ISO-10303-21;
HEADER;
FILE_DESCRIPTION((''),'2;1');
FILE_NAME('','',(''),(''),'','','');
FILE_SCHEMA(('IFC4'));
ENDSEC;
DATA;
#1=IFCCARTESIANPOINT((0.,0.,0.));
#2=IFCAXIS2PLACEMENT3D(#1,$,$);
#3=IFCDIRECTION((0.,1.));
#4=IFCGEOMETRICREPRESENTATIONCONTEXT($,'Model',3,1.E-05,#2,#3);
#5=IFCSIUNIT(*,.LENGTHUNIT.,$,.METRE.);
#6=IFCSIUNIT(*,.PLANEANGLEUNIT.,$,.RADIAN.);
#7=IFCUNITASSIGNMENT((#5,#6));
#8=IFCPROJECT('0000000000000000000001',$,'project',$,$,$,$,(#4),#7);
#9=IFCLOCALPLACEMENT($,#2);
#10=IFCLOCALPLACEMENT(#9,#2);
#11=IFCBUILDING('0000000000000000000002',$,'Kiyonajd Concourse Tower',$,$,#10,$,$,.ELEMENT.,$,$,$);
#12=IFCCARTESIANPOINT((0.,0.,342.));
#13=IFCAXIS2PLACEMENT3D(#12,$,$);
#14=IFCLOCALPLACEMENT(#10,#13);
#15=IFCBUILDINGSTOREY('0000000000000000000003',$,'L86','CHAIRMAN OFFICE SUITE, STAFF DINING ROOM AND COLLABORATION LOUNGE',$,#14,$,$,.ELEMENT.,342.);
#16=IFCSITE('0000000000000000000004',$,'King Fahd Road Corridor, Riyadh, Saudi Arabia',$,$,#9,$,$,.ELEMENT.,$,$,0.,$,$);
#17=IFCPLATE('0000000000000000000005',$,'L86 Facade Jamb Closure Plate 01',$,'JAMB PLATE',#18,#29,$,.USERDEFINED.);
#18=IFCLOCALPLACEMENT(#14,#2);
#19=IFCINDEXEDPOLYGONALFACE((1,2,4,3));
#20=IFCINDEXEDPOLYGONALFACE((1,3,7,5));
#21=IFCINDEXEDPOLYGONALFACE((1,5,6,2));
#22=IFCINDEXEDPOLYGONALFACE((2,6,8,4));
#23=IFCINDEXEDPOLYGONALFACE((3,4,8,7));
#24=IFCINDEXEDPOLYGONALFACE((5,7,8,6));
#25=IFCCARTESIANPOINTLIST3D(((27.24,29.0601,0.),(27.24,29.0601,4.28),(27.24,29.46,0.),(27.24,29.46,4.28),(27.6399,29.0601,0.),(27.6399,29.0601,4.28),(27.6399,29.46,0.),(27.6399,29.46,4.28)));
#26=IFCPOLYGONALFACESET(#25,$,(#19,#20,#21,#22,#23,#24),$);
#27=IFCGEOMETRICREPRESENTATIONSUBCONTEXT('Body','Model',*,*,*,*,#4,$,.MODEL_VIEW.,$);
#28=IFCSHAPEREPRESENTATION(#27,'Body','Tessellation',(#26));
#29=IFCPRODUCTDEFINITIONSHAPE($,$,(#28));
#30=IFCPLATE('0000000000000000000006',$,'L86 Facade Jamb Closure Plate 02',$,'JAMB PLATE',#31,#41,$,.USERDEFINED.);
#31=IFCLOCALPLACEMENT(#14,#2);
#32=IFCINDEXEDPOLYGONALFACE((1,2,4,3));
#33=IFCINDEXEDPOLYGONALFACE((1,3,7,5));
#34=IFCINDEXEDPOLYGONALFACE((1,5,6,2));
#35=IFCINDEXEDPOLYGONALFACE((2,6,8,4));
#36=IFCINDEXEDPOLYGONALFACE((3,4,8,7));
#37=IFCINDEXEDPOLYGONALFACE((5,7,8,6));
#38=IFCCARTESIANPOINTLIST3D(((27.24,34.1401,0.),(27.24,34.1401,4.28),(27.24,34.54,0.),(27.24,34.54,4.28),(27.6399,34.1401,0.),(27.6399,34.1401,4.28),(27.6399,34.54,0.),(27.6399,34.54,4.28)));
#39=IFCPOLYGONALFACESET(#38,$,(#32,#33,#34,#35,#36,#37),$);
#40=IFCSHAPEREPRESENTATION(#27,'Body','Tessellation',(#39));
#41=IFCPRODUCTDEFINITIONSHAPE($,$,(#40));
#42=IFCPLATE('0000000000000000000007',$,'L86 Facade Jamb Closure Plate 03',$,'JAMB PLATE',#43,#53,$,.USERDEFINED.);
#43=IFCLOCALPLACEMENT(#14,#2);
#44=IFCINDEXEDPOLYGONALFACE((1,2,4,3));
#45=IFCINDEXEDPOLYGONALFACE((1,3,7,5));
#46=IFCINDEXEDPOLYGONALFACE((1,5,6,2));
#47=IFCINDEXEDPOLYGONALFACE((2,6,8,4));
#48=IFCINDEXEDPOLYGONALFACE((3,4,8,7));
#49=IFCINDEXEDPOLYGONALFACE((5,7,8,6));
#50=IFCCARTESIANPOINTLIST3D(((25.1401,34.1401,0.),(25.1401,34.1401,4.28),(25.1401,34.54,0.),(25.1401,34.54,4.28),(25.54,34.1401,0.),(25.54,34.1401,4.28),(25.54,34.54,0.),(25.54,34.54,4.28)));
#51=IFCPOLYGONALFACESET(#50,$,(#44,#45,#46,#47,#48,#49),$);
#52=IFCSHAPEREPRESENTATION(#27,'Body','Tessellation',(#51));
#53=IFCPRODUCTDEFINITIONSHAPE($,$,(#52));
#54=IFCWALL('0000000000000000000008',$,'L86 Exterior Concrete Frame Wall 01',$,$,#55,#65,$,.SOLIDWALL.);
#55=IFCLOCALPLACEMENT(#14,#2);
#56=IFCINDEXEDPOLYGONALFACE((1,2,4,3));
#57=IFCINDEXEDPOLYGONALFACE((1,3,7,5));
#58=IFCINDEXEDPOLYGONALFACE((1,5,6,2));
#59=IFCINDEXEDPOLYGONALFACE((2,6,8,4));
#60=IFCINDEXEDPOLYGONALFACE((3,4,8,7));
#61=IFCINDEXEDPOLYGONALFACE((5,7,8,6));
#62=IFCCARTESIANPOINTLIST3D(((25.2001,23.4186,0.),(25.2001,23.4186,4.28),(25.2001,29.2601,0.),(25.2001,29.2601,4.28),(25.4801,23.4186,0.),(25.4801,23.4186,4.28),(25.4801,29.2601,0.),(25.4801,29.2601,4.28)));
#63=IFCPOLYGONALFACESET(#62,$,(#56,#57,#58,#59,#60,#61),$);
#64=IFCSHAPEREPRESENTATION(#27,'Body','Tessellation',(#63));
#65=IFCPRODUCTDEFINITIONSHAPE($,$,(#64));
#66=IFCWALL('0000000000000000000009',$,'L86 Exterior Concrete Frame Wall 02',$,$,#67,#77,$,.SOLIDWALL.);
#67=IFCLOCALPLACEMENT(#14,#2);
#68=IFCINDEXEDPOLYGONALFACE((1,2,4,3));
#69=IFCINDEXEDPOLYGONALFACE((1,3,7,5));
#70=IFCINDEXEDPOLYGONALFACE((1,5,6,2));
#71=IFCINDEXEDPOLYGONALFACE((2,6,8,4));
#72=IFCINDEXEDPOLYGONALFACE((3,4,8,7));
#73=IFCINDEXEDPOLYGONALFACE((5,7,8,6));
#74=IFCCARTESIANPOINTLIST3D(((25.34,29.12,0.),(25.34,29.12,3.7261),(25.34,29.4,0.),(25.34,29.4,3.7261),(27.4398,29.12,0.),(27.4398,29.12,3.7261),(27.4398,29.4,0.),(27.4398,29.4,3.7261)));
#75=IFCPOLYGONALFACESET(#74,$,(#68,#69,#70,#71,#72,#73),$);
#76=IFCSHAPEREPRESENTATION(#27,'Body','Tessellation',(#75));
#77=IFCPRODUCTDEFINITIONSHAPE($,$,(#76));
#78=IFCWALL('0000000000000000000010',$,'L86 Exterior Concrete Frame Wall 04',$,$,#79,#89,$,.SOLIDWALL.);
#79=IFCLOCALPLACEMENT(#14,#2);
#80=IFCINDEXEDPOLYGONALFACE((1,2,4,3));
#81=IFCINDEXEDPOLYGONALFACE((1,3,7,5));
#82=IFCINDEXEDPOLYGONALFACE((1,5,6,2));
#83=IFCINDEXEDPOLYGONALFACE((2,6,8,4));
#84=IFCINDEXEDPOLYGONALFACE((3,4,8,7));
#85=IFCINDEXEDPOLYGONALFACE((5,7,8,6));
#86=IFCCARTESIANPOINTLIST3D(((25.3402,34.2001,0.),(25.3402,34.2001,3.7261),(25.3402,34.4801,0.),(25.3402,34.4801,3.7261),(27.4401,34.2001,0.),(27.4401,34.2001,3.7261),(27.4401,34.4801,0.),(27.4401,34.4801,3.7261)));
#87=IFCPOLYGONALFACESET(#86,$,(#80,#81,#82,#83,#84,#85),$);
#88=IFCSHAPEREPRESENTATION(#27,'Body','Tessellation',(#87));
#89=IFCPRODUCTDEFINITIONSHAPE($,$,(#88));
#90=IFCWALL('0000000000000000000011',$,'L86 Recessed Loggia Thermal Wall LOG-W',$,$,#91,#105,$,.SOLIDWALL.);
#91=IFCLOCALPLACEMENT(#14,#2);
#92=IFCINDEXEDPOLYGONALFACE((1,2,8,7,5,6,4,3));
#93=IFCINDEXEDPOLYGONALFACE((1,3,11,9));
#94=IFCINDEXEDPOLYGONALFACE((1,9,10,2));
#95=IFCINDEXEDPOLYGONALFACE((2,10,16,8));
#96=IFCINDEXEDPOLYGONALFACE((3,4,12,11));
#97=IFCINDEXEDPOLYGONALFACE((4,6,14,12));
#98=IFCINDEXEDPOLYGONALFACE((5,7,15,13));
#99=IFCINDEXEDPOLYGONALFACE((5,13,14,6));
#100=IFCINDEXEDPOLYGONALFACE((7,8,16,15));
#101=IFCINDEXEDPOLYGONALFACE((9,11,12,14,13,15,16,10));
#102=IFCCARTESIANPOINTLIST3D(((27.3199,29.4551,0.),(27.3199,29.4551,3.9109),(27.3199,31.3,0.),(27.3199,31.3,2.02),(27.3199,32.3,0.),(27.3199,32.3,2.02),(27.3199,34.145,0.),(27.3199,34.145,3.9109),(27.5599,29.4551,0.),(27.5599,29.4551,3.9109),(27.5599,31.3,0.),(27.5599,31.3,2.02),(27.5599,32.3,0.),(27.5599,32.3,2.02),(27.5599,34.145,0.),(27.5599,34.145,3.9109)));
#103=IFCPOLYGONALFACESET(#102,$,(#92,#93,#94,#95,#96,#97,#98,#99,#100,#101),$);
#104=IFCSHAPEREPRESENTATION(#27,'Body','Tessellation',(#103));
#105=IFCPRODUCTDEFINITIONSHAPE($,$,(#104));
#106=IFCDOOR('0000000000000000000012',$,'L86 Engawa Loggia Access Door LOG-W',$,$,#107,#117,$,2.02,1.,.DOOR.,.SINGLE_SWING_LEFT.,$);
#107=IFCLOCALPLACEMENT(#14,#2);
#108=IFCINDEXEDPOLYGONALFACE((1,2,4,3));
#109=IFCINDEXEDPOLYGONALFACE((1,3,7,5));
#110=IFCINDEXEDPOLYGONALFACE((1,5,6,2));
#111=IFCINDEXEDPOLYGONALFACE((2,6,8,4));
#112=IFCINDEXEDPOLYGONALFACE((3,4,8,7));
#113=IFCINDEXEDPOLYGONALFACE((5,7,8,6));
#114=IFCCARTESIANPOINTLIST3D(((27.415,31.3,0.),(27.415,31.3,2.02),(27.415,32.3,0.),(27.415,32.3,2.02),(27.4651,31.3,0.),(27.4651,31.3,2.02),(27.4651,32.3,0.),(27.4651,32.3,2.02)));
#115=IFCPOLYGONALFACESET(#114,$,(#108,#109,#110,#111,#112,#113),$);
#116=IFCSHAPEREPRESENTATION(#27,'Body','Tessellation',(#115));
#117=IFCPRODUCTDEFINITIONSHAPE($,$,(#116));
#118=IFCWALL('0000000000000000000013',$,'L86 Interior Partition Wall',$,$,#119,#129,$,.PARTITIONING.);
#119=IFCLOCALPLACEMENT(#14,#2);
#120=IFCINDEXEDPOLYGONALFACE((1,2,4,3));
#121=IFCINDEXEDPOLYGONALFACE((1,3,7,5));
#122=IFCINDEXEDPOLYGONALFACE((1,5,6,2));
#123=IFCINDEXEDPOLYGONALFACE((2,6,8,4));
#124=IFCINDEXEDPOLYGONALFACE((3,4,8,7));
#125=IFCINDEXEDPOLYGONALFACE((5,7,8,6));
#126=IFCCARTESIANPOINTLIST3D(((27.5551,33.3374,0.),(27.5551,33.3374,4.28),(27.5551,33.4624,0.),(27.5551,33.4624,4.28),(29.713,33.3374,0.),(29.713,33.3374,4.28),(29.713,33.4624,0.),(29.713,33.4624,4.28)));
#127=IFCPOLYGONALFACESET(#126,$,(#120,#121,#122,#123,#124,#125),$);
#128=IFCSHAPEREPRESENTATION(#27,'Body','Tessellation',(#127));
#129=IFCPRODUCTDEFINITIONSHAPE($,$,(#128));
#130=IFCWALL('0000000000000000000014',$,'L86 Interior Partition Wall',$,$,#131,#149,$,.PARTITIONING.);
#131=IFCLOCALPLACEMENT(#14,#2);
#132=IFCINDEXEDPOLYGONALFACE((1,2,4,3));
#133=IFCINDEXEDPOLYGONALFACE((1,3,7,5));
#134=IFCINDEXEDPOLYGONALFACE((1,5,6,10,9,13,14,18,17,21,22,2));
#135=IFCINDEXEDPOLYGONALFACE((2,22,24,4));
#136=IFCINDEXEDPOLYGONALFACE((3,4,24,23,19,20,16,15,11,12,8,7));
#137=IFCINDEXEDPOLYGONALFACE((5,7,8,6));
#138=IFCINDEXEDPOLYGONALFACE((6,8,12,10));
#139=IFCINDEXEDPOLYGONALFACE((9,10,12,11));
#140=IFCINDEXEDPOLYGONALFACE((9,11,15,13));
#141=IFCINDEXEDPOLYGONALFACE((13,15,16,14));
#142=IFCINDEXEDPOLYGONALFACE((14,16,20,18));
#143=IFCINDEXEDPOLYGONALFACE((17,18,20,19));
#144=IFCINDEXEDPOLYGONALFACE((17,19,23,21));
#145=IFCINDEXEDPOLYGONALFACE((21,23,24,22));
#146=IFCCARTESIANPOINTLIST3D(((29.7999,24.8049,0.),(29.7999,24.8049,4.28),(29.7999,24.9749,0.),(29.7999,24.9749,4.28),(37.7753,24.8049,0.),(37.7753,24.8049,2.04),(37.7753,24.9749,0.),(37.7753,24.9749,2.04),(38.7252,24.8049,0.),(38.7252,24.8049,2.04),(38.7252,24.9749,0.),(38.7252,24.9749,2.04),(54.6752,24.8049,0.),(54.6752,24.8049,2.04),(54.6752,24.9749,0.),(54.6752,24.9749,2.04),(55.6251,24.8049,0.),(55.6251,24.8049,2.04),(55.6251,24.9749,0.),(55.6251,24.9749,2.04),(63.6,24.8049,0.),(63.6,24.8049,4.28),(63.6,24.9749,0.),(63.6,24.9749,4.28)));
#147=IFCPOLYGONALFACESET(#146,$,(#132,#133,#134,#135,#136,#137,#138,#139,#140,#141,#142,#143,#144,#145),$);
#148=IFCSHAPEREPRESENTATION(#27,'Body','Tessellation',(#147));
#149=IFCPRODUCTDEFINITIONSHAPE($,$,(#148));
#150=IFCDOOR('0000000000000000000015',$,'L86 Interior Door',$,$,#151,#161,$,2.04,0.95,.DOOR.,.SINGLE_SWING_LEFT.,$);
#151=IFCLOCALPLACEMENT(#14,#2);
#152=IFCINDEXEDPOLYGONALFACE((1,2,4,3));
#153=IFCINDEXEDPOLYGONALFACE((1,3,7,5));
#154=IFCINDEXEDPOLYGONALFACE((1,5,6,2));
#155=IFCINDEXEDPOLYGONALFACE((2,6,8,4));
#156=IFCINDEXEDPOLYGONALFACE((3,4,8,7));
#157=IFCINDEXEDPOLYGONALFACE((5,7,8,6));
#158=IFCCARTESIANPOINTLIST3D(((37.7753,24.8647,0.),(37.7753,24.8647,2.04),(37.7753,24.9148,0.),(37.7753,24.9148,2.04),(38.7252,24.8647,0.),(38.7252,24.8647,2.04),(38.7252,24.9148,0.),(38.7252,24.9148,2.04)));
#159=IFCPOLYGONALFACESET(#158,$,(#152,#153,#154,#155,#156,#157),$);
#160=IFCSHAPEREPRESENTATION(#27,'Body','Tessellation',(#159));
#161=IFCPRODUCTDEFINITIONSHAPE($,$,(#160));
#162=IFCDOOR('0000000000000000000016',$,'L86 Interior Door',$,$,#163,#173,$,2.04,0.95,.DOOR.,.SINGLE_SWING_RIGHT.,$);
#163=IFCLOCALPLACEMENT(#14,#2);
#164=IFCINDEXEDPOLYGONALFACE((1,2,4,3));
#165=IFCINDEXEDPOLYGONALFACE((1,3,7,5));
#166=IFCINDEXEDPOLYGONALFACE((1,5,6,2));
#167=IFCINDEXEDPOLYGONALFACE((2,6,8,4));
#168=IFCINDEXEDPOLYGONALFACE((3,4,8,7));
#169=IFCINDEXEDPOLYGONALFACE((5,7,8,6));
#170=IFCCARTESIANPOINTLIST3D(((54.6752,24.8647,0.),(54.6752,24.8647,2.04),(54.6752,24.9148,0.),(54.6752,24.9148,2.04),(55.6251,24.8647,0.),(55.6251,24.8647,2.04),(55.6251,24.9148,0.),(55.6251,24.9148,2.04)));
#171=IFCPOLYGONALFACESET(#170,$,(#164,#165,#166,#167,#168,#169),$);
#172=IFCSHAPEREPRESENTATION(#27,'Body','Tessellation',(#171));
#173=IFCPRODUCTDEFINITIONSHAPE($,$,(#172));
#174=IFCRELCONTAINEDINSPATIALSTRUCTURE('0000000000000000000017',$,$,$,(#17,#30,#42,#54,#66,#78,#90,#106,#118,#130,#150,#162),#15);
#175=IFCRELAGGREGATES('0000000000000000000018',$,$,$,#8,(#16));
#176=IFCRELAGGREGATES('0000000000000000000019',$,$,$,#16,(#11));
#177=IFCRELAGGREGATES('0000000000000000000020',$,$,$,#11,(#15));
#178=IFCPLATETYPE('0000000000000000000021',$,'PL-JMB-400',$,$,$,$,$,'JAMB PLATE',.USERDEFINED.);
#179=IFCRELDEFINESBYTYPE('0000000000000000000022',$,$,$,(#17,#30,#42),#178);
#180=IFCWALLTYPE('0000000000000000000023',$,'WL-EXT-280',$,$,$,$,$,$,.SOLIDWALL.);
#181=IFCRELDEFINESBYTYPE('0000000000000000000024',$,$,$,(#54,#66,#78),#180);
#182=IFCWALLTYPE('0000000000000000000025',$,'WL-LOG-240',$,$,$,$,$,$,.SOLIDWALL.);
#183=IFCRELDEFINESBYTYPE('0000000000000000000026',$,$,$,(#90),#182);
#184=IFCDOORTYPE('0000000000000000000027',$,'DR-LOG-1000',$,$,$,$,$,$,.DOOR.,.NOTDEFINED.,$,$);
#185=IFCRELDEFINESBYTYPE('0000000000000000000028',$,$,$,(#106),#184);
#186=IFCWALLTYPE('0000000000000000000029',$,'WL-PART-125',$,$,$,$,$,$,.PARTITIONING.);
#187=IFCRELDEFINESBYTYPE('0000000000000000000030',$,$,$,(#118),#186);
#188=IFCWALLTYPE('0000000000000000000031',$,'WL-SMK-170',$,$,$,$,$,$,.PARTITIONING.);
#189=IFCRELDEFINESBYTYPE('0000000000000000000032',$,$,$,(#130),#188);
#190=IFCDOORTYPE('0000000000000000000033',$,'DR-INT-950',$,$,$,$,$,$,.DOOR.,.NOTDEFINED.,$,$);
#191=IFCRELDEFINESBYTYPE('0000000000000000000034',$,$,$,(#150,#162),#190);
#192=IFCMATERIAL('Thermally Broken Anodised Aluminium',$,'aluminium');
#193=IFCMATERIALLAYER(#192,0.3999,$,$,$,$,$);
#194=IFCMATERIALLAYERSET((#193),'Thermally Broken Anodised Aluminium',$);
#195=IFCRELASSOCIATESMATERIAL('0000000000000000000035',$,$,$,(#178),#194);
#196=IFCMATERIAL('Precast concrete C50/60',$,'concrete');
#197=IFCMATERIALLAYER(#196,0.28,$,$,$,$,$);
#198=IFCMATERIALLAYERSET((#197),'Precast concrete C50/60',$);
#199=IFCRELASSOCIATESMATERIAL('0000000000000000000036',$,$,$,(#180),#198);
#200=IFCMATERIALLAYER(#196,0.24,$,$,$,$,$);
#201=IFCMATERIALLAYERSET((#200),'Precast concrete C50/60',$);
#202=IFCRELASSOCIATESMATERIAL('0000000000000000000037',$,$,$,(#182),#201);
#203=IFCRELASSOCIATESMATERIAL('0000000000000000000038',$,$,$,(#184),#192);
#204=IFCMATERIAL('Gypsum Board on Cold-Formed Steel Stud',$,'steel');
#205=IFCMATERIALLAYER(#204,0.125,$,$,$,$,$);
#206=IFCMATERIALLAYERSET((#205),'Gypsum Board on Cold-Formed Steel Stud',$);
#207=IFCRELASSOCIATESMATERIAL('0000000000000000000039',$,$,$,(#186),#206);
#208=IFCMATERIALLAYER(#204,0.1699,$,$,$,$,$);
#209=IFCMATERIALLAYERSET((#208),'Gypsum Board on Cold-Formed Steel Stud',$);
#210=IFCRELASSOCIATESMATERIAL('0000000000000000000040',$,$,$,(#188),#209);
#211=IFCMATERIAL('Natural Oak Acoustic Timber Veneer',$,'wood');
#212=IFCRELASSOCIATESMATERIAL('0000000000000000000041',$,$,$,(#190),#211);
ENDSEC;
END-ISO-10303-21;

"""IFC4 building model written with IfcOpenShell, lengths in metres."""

from ifc_helpers import new_model, si_unit, direction, frame, frame_2d, origin, origin_2d, place, context, subcontext, project, spatial, rectangle, extrude, material, layer, layer_set, type_object, element, fill, save


model = new_model("IFC4")

# Units and contexts
model_context = context("Model", 3, precision=1e-05, world=origin(), true_north=direction((0.0, 1.0)))
body_context = subcontext(model_context, "Body", "Model", "MODEL_VIEW")
ifc_project = project(units=[si_unit("LENGTHUNIT", "METRE"), si_unit("PLANEANGLEUNIT", "RADIAN")], contexts=[model_context])

# Site, building, storey
site_placement = place(None, origin())
site = spatial("IfcSite", under=ifc_project, at=site_placement, Name="King Fahd Road Corridor, Riyadh, Saudi Arabia", CompositionType="ELEMENT", RefElevation=0.0)
building_placement = place(site_placement, origin())
building = spatial("IfcBuilding", under=site, at=building_placement, Name="Kiyonajd Concourse Tower", CompositionType="ELEMENT")
storey_placement = place(building_placement, frame((0.0, 0.0, 342.0)))
storey = spatial("IfcBuildingStorey", under=building, at=storey_placement, Name="L86", Description="CHAIRMAN OFFICE SUITE, STAFF DINING ROOM AND COLLABORATION LOUNGE", CompositionType="ELEMENT", Elevation=342.0)

# Plates
ifc_material_1 = material(Name="Thermally Broken Anodised Aluminium", Category="aluminium")
ifc_layer_1 = layer(ifc_material_1, 0.3999)
ifc_layer_set_1 = layer_set([ifc_layer_1], Name="Thermally Broken Anodised Aluminium")
plate_type_1 = type_object("IfcPlateType", Name="PL-JMB-400", ElementType="JAMB PLATE", PredefinedType="USERDEFINED", material=ifc_layer_set_1)
for number, where, z_axis, x_axis, name in (
    (1, (27.4399, 29.26, 0.0), (0.0, 0.0, 1.0), (1.0, 0.0, 0.0), "L86 Facade Jamb Closure Plate 01"),
    (2, (27.4399, 34.3401, 0.0), (0.0, 0.0, 1.0), (1.0, 0.0, 0.0), "L86 Facade Jamb Closure Plate 02"),
    (3, (25.3401, 34.3401, 0.0), (0.0, 0.0, 1.0), (1.0, 0.0, 0.0), "L86 Facade Jamb Closure Plate 03"),
):
    element("IfcPlate", number, at=place(storey_placement, frame(where, z_axis=z_axis, x_axis=x_axis)), inside=storey, type_object=plate_type_1, Name=name, ObjectType="JAMB PLATE", PredefinedType="USERDEFINED", context=body_context, shape_type="SweptSolid", body=[
        extrude(rectangle(XDim=0.3999, YDim=0.3999, at=origin_2d()), origin(), (0.0, 0.0, 1.0), 4.28),
    ])

# Walls
ifc_material_2 = material(Name="Precast concrete C50/60", Category="concrete")
ifc_layer_2 = layer(ifc_material_2, 0.28)
ifc_layer_set_2 = layer_set([ifc_layer_2], Name="Precast concrete C50/60")
wall_type_1 = type_object("IfcWallType", Name="WL-EXT-280", PredefinedType="SOLIDWALL", material=ifc_layer_set_2)
wall_1_placement = place(storey_placement, frame((25.3401, 23.4185, 0.0), z_axis=(0.0, 0.0, 1.0), x_axis=(0.0, 1.0, 0.0)))
element("IfcWall", 4, at=wall_1_placement, inside=storey, type_object=wall_type_1, Name="L86 Exterior Concrete Frame Wall 01", PredefinedType="SOLIDWALL", context=body_context, shape_type="SweptSolid", body=[
    extrude(rectangle(XDim=5.8416, YDim=0.28, at=frame_2d((2.9209, 0.0))), origin(), (0.0, 0.0, 1.0), 4.28),
])
for number, where, z_axis, x_axis, name in (
    (5, (25.3401, 29.26, 0.0), (0.0, 0.0, 1.0), (1.0, 0.0, 0.0), "L86 Exterior Concrete Frame Wall 02"),
    (6, (27.4399, 34.3401, 0.0), (0.0, 0.0, 1.0), (-1.0, 0.0, 0.0), "L86 Exterior Concrete Frame Wall 04"),
):
    element("IfcWall", number, at=place(storey_placement, frame(where, z_axis=z_axis, x_axis=x_axis)), inside=storey, type_object=wall_type_1, Name=name, PredefinedType="SOLIDWALL", context=body_context, shape_type="SweptSolid", body=[
        extrude(rectangle(XDim=2.0999, YDim=0.28, at=frame_2d((1.0498, 0.0))), origin(), (0.0, 0.0, 1.0), 3.7261),
    ])

# Wall, opening, door
ifc_layer_3 = layer(ifc_material_2, 0.24)
ifc_layer_set_3 = layer_set([ifc_layer_3], Name="Precast concrete C50/60")
wall_type_2 = type_object("IfcWallType", Name="WL-LOG-240", PredefinedType="SOLIDWALL", material=ifc_layer_set_3)
wall_2_placement = place(storey_placement, frame((27.4399, 29.4551, 0.0), z_axis=(0.0, 0.0, 1.0), x_axis=(0.0, 1.0, 0.0)))
wall_2 = element("IfcWall", 7, at=wall_2_placement, inside=storey, type_object=wall_type_2, Name="L86 Recessed Loggia Thermal Wall LOG-W", PredefinedType="SOLIDWALL", context=body_context, shape_type="SweptSolid", body=[
    extrude(rectangle(XDim=4.6899, YDim=0.24, at=frame_2d((2.345, 0.0))), origin(), (0.0, 0.0, 1.0), 3.9109),
])
opening_1_placement = place(wall_2_placement, frame((1.845, 0.0, 0.0)))
opening_1 = element("IfcOpeningElement", 8, at=opening_1_placement, cuts=wall_2, PredefinedType="OPENING", context=body_context, shape_type="SweptSolid", body=[
    extrude(rectangle(XDim=1.0, YDim=2.02, at=frame_2d((0.5, 1.01))), frame((0.0, 0.1299, 0.0), z_axis=(0.0, -1.0, 0.0), x_axis=(1.0, 0.0, 0.0)), (0.0, 0.0, 1.0), 0.26),
])
door_type_1 = type_object("IfcDoorType", Name="DR-LOG-1000", OperationType="NOTDEFINED", PredefinedType="DOOR", material=ifc_material_1)
door_1_placement = place(opening_1_placement, origin())
door_1 = element("IfcDoor", 9, at=door_1_placement, inside=storey, type_object=door_type_1, Name="L86 Engawa Loggia Access Door LOG-W", OperationType="SINGLE_SWING_LEFT", OverallHeight=2.02, OverallWidth=1.0, PredefinedType="DOOR", context=body_context, shape_type="SweptSolid", body=[
    extrude(rectangle(XDim=1.0, YDim=2.02, at=frame_2d((0.5, 1.01))), frame((0.0, 0.0249, 0.0), z_axis=(0.0, -1.0, 0.0), x_axis=(1.0, 0.0, 0.0)), (0.0, 0.0, 1.0), 0.05),
])
fill(opening_1, door_1)

# Wall
ifc_material_3 = material(Name="Gypsum Board on Cold-Formed Steel Stud", Category="steel")
ifc_layer_4 = layer(ifc_material_3, 0.125)
ifc_layer_set_4 = layer_set([ifc_layer_4], Name="Gypsum Board on Cold-Formed Steel Stud")
wall_type_3 = type_object("IfcWallType", Name="WL-PART-125", PredefinedType="PARTITIONING", material=ifc_layer_set_4)
wall_3_placement = place(storey_placement, frame((27.5549, 33.3999, 0.0), z_axis=(0.0, 0.0, 1.0), x_axis=(1.0, 0.0, 0.0)))
element("IfcWall", 10, at=wall_3_placement, inside=storey, type_object=wall_type_3, Name="L86 Interior Partition Wall", PredefinedType="PARTITIONING", context=body_context, shape_type="SweptSolid", body=[
    extrude(rectangle(XDim=2.158, YDim=0.125, at=frame_2d((1.0791, 0.0))), origin(), (0.0, 0.0, 1.0), 4.28),
])

# Wall, openings, doors
ifc_layer_5 = layer(ifc_material_3, 0.1699)
ifc_layer_set_5 = layer_set([ifc_layer_5], Name="Gypsum Board on Cold-Formed Steel Stud")
wall_type_4 = type_object("IfcWallType", Name="WL-SMK-170", PredefinedType="PARTITIONING", material=ifc_layer_set_5)
wall_4_placement = place(storey_placement, frame((29.8, 24.8899, 0.0), z_axis=(0.0, 0.0, 1.0), x_axis=(1.0, 0.0, 0.0)))
wall_4 = element("IfcWall", 11, at=wall_4_placement, inside=storey, type_object=wall_type_4, Name="L86 Interior Partition Wall", PredefinedType="PARTITIONING", context=body_context, shape_type="SweptSolid", body=[
    extrude(rectangle(XDim=33.8, YDim=0.1699, at=frame_2d((16.8999, 0.0))), origin(), (0.0, 0.0, 1.0), 4.28),
])
opening_2_placement = place(wall_4_placement, frame((7.9751, 0.0, 0.0)))
opening_2 = element("IfcOpeningElement", 12, at=opening_2_placement, cuts=wall_4, PredefinedType="OPENING", context=body_context, shape_type="SweptSolid", body=[
    extrude(rectangle(XDim=0.95, YDim=2.04, at=frame_2d((0.4751, 1.02))), frame((0.0, 0.095, 0.0), z_axis=(0.0, -1.0, 0.0), x_axis=(1.0, 0.0, 0.0)), (0.0, 0.0, 1.0), 0.1899),
])
opening_3_placement = place(wall_4_placement, frame((24.875, 0.0, 0.0)))
opening_3 = element("IfcOpeningElement", 13, at=opening_3_placement, cuts=wall_4, PredefinedType="OPENING", context=body_context, shape_type="SweptSolid", body=[
    extrude(rectangle(XDim=0.95, YDim=2.04, at=frame_2d((0.4751, 1.02))), frame((0.0, 0.095, 0.0), z_axis=(0.0, -1.0, 0.0), x_axis=(1.0, 0.0, 0.0)), (0.0, 0.0, 1.0), 0.1899),
])
ifc_material_4 = material(Name="Natural Oak Acoustic Timber Veneer", Category="wood")
door_type_2 = type_object("IfcDoorType", Name="DR-INT-950", OperationType="NOTDEFINED", PredefinedType="DOOR", material=ifc_material_4)
door_2_placement = place(opening_2_placement, origin())
door_2 = element("IfcDoor", 14, at=door_2_placement, inside=storey, type_object=door_type_2, Name="L86 Interior Door", OperationType="SINGLE_SWING_LEFT", OverallHeight=2.04, OverallWidth=0.95, PredefinedType="DOOR", context=body_context, shape_type="SweptSolid", body=[
    extrude(rectangle(XDim=0.95, YDim=2.04, at=frame_2d((0.4751, 1.02))), frame((0.0, 0.0249, 0.0), z_axis=(0.0, -1.0, 0.0), x_axis=(1.0, 0.0, 0.0)), (0.0, 0.0, 1.0), 0.05),
])
fill(opening_2, door_2)
door_3_placement = place(opening_3_placement, origin())
door_3 = element("IfcDoor", 15, at=door_3_placement, inside=storey, type_object=door_type_2, Name="L86 Interior Door", OperationType="SINGLE_SWING_RIGHT", OverallHeight=2.04, OverallWidth=0.95, PredefinedType="DOOR", context=body_context, shape_type="SweptSolid", body=[
    extrude(rectangle(XDim=0.95, YDim=2.04, at=frame_2d((0.4751, 1.02))), frame((0.0, 0.0249, 0.0), z_axis=(0.0, -1.0, 0.0), x_axis=(1.0, 0.0, 0.0)), (0.0, 0.0, 1.0), 0.05),
])
fill(opening_3, door_3)

save(model, "model.ifc")
